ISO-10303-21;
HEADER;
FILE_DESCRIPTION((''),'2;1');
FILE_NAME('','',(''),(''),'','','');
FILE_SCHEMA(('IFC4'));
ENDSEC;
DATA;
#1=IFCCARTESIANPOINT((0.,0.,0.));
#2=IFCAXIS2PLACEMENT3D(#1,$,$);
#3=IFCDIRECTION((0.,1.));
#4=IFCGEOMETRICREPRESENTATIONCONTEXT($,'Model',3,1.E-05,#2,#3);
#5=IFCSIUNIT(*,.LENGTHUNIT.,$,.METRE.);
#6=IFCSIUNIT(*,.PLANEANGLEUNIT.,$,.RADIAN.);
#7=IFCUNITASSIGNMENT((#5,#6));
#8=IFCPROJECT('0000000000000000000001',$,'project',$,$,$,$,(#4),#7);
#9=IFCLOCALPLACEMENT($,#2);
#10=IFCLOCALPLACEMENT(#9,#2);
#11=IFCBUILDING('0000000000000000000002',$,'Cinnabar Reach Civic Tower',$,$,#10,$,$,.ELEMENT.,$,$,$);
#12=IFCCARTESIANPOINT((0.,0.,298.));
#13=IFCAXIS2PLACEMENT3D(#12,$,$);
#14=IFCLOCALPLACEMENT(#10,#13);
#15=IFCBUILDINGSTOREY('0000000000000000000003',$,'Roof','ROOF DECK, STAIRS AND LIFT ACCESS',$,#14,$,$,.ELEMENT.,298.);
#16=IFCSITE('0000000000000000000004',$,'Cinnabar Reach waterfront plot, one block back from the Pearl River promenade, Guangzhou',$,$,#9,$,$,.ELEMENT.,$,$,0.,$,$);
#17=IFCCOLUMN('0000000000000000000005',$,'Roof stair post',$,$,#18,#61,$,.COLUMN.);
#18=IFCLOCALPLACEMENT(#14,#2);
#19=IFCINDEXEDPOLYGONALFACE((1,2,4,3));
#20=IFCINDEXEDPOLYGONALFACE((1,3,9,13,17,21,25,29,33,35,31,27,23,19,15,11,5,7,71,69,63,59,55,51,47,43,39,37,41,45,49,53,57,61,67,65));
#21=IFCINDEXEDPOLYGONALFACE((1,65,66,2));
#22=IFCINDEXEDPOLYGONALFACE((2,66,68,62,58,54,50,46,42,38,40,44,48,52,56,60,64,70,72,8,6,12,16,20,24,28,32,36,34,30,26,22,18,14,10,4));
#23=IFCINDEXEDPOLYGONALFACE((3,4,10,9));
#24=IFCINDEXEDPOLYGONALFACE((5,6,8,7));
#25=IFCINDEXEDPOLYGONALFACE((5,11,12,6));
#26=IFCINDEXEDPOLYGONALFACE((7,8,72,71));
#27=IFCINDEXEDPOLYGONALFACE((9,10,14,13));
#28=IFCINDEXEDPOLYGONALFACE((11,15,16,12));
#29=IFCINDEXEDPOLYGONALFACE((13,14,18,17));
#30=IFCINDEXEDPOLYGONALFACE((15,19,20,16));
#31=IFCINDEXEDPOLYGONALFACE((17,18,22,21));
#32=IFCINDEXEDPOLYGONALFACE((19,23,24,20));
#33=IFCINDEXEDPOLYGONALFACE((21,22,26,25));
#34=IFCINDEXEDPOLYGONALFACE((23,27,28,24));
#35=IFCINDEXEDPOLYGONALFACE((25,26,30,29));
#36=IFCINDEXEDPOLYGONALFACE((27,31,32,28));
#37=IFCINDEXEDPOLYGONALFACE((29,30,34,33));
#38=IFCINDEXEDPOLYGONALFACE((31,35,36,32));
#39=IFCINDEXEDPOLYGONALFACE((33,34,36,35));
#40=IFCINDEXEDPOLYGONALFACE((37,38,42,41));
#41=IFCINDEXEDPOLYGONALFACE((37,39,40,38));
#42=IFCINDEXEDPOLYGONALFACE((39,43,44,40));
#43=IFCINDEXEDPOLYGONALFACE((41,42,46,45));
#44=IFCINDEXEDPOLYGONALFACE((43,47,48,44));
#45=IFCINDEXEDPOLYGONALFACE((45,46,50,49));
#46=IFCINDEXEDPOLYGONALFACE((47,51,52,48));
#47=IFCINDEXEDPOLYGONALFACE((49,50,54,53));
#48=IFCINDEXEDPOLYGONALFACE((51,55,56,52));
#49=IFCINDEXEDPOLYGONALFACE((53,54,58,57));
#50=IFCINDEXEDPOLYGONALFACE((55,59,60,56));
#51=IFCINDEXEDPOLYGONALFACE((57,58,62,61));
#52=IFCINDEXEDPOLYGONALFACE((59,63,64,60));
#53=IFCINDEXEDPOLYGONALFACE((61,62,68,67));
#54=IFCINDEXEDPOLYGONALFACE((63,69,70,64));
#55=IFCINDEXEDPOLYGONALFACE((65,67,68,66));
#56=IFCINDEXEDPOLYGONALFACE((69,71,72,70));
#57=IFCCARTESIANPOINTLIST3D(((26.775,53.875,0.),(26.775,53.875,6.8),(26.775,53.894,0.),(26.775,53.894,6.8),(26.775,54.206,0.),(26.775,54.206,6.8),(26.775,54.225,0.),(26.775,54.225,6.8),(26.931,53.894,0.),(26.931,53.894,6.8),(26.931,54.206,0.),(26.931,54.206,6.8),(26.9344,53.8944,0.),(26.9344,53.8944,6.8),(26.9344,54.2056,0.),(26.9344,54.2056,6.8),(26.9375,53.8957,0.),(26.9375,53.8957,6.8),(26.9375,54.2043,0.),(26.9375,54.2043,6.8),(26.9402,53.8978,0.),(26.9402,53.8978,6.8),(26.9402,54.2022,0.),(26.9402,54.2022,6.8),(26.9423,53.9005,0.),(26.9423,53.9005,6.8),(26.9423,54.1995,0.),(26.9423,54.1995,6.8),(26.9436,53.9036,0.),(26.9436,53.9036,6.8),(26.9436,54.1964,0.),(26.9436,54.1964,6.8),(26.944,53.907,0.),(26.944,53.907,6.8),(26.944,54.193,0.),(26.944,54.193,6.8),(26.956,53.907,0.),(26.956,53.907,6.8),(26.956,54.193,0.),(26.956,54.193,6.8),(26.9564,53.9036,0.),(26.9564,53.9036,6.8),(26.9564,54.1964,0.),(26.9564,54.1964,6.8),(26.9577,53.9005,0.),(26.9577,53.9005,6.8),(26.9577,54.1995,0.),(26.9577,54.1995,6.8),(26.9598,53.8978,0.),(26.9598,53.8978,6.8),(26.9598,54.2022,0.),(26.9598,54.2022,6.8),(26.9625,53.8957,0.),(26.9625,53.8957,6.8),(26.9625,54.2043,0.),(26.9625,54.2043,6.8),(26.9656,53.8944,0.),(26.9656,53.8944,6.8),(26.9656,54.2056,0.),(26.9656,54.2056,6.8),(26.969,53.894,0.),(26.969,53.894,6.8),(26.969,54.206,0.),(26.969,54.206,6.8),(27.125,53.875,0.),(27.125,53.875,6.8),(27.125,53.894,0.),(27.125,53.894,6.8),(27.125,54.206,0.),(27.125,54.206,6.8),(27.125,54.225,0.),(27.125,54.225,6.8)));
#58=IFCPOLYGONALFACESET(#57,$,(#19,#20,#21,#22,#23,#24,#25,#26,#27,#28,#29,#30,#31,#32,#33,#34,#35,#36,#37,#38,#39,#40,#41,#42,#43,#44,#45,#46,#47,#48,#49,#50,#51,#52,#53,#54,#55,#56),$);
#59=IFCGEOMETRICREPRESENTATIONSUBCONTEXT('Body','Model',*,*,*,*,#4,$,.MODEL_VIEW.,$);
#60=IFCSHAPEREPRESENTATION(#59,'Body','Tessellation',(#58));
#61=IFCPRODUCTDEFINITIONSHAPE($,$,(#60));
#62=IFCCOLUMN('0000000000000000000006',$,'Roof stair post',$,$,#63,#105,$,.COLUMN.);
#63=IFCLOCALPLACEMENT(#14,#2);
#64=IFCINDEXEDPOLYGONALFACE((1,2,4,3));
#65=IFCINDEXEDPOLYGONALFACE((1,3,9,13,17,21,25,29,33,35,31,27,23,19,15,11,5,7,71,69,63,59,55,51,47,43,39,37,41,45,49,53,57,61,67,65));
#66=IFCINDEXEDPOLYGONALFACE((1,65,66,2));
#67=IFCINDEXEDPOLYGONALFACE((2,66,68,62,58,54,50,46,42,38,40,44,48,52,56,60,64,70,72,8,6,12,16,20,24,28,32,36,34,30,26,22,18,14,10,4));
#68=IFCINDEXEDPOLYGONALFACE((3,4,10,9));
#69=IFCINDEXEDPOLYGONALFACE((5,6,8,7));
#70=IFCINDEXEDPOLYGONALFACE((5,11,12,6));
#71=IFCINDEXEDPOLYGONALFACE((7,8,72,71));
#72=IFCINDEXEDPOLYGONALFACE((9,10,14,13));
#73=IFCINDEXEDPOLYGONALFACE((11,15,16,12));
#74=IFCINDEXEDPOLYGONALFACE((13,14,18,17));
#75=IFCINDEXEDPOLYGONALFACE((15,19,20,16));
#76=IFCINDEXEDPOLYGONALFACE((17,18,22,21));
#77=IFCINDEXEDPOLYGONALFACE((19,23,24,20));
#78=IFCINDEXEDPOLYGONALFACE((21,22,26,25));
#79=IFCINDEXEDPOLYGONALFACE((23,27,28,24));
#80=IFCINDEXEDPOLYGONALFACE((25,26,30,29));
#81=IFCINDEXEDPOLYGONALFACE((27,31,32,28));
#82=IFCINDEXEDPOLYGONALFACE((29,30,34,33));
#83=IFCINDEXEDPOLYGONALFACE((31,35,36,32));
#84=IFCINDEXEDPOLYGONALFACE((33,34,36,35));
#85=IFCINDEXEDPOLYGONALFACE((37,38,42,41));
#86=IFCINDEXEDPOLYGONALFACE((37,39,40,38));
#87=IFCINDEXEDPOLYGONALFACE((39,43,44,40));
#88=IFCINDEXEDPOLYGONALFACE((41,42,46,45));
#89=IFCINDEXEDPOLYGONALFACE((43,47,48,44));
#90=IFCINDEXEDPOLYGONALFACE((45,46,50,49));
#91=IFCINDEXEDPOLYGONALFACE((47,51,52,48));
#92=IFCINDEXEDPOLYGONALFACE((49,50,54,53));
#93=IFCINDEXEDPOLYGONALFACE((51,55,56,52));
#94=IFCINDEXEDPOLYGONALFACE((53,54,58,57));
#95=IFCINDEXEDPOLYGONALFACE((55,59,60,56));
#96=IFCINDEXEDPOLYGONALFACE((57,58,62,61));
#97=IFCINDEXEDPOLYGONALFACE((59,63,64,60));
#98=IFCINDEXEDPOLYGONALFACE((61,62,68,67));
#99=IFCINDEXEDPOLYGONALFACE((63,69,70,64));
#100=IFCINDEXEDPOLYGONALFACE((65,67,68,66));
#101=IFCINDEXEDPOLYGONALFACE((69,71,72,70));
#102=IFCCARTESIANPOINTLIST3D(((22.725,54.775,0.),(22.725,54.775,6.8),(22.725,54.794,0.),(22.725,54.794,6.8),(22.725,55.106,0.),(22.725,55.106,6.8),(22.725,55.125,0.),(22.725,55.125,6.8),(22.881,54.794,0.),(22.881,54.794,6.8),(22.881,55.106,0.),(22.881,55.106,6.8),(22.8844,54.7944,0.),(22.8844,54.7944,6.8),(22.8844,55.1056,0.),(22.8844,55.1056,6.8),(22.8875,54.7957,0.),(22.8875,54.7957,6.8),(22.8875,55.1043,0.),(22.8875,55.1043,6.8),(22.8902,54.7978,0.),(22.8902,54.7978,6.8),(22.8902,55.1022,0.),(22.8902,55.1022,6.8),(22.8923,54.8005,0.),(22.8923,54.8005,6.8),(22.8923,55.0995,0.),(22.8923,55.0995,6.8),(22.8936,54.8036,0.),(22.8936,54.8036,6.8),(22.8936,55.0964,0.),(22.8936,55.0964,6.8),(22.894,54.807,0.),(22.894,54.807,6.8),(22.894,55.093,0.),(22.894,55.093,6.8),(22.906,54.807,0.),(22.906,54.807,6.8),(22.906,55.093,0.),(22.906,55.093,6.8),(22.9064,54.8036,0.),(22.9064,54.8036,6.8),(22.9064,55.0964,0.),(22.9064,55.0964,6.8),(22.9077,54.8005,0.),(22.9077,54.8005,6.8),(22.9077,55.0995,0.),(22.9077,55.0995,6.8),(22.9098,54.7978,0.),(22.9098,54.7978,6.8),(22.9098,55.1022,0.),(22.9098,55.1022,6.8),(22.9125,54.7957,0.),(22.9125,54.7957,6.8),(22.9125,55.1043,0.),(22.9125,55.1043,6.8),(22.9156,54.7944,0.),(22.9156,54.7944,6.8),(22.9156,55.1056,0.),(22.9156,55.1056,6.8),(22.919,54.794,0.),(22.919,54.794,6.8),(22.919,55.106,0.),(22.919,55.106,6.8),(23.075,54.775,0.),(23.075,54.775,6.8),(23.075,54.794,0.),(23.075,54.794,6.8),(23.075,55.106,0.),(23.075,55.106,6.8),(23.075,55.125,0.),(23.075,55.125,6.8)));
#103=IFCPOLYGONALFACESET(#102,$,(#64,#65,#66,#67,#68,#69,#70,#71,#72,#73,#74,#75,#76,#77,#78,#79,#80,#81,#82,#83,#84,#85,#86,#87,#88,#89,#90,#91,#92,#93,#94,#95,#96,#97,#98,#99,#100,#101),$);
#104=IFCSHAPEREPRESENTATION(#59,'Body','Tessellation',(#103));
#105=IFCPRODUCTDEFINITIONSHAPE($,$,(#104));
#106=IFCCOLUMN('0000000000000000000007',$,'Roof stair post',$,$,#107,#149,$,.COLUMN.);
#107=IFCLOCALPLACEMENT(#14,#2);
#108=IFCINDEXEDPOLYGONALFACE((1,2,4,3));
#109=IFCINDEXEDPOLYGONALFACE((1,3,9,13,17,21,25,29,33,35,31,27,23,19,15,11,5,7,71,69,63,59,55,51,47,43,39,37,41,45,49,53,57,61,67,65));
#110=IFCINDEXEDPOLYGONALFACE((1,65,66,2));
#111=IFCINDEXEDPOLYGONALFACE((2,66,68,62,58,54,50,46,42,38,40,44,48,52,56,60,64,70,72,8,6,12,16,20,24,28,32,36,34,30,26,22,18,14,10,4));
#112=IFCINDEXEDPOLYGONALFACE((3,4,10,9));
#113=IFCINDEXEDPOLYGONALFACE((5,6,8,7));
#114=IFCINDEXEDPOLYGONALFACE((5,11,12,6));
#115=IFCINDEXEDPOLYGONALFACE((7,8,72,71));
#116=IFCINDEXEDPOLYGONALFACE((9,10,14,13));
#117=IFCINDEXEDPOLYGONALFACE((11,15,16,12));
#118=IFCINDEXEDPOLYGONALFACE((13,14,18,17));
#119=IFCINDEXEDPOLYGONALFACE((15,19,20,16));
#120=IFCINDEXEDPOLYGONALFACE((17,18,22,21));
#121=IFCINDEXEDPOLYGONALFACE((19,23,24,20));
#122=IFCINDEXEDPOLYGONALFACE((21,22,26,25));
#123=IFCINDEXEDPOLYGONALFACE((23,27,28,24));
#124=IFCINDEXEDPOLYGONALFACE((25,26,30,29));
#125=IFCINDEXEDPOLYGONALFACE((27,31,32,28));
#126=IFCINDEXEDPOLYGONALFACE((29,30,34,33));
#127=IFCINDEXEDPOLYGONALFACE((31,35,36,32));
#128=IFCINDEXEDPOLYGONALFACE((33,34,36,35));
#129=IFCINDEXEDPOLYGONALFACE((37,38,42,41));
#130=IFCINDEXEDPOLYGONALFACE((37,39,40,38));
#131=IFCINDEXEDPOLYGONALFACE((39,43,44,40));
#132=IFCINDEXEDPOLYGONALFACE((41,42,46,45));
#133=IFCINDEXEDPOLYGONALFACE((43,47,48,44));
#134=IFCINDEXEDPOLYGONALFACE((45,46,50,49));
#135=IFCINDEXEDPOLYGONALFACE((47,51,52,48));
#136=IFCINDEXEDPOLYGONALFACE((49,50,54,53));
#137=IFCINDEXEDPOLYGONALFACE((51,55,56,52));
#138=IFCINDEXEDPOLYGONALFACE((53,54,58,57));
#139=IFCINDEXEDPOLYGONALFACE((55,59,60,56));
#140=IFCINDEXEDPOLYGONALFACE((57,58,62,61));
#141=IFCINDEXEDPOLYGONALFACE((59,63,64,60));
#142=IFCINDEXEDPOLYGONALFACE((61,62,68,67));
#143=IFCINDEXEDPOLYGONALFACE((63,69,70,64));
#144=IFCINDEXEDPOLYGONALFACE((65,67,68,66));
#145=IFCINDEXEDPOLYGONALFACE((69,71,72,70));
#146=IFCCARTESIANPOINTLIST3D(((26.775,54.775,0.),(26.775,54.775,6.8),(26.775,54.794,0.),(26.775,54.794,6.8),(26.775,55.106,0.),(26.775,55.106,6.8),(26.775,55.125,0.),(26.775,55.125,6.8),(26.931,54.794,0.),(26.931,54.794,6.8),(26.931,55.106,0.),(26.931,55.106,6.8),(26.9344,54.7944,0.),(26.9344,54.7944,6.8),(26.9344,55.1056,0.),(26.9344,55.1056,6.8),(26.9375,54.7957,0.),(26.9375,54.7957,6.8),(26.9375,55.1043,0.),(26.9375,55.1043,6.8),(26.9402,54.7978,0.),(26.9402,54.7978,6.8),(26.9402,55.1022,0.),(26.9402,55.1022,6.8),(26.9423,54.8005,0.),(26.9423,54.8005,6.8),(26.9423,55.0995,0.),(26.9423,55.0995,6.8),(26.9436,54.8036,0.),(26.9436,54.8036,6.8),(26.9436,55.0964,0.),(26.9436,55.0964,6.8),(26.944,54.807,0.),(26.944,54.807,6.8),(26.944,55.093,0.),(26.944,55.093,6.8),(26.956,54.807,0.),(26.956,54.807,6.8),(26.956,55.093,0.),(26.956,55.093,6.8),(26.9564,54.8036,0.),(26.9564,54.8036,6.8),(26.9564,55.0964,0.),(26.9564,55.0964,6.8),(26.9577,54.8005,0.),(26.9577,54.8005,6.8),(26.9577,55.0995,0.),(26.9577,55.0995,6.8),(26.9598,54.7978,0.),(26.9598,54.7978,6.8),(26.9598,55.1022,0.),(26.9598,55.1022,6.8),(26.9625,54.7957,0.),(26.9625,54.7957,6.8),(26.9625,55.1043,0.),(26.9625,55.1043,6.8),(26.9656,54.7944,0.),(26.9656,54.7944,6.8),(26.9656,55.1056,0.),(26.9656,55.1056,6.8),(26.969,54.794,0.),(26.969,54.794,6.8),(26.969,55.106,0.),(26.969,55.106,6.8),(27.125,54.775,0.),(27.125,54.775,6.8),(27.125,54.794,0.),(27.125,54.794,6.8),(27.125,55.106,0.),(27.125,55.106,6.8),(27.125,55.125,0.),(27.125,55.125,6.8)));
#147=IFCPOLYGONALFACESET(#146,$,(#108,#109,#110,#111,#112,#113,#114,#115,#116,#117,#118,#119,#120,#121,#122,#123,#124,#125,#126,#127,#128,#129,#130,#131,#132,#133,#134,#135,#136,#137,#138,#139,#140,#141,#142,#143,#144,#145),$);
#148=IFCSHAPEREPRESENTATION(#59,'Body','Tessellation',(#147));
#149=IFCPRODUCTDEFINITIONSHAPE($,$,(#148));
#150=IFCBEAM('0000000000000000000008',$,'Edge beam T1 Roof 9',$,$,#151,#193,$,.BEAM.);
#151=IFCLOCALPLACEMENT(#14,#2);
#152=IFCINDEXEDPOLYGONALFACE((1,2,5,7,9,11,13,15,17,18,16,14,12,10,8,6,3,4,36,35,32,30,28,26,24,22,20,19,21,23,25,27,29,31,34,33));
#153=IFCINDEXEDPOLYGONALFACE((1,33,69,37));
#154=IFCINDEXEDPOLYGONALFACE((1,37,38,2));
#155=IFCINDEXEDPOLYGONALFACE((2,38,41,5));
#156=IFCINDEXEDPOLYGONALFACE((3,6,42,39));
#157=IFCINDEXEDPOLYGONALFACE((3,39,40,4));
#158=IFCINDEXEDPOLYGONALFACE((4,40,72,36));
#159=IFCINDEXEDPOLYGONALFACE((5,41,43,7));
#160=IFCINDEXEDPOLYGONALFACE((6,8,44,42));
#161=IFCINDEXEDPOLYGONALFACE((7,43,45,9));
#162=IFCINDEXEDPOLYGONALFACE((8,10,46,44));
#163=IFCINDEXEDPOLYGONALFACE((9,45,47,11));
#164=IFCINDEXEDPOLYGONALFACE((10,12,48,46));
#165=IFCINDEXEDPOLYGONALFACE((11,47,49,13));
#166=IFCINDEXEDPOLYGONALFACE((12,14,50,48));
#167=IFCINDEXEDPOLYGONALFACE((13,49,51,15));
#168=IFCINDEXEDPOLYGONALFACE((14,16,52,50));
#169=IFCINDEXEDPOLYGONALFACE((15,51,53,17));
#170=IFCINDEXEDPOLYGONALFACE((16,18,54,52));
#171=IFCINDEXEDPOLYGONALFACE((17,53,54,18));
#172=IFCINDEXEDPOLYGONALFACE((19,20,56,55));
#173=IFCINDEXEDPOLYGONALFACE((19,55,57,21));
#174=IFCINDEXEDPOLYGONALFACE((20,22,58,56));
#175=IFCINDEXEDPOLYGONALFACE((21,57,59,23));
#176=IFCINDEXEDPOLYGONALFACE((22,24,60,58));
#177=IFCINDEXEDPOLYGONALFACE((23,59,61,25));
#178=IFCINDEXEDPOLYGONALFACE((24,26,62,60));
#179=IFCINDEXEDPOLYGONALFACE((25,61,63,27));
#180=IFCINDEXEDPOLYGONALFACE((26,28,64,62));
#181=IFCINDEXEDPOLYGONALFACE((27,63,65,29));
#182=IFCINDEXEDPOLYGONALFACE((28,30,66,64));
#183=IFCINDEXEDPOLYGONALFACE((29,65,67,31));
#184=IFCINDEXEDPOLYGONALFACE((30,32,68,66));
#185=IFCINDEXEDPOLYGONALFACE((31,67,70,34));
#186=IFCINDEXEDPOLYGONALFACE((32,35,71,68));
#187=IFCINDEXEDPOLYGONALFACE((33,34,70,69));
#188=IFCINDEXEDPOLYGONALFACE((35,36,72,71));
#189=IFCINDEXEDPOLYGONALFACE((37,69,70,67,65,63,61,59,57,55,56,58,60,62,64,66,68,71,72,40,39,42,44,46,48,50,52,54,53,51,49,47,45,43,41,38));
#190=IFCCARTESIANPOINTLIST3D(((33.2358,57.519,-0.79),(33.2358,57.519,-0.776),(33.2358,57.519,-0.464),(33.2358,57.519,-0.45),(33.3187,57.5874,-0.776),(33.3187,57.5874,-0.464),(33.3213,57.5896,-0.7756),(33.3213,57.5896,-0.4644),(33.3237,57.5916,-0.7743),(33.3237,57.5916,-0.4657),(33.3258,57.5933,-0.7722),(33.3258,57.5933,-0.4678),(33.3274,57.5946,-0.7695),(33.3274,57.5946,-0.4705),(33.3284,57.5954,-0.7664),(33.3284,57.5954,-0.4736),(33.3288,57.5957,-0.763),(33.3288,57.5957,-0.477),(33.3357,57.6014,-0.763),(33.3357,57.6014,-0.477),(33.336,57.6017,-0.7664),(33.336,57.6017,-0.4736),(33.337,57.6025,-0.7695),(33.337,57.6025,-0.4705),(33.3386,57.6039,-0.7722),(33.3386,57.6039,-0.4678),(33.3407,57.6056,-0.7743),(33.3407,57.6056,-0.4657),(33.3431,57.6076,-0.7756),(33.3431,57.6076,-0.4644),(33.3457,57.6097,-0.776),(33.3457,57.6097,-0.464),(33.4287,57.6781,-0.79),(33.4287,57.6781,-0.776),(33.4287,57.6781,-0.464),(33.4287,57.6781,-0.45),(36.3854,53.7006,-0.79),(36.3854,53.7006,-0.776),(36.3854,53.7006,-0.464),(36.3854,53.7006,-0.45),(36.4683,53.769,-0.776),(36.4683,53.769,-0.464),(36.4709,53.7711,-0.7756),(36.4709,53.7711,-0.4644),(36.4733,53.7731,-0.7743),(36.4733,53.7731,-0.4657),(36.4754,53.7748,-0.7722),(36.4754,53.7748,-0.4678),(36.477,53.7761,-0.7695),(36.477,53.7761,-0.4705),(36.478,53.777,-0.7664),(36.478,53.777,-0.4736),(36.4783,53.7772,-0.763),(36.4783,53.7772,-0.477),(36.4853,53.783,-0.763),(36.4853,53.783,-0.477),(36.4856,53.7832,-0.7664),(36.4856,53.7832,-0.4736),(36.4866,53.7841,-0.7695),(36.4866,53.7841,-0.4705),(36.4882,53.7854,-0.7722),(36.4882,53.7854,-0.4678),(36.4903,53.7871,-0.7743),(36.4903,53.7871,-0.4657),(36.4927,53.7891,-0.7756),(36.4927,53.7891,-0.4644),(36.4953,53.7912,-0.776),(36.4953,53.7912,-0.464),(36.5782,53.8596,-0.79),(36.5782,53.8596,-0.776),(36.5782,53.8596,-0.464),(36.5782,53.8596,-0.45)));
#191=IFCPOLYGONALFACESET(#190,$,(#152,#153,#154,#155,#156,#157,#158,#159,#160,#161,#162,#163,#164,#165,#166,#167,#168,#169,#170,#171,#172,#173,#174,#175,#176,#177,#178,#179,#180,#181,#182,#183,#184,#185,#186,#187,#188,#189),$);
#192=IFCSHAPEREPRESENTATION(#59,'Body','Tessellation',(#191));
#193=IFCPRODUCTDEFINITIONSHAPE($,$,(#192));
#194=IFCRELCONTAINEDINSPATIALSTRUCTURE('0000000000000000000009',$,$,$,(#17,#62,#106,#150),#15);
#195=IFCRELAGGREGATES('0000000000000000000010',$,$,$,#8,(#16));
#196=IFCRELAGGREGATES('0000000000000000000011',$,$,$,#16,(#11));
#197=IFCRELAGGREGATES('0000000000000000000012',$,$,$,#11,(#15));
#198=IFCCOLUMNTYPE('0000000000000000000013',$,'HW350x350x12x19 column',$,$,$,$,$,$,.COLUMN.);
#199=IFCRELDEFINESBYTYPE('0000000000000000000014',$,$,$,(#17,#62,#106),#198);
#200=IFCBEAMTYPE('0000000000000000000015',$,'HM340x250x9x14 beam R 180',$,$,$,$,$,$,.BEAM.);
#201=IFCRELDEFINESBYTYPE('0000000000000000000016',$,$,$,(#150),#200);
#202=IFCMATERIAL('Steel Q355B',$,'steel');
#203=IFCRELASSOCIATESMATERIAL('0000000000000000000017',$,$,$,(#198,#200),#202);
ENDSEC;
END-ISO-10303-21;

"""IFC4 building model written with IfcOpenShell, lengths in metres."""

from ifc_helpers import new_model, si_unit, direction, frame, origin, origin_2d, place, context, subcontext, project, spatial, i_section, extrude, material, material_profile, profile_set, type_object, element, save


model = new_model("IFC4")

# Units and contexts
model_context = context("Model", 3, precision=1e-05, world=origin(), true_north=direction((0.0, 1.0)))
body_context = subcontext(model_context, "Body", "Model", "MODEL_VIEW")
ifc_project = project(units=[si_unit("LENGTHUNIT", "METRE"), si_unit("PLANEANGLEUNIT", "RADIAN")], contexts=[model_context])

# Site, building, storey
site_placement = place(None, origin())
site = spatial("IfcSite", under=ifc_project, at=site_placement, Name="Cinnabar Reach waterfront plot, one block back from the Pearl River promenade, Guangzhou", CompositionType="ELEMENT", RefElevation=0.0)
building_placement = place(site_placement, origin())
building = spatial("IfcBuilding", under=site, at=building_placement, Name="Cinnabar Reach Civic Tower", CompositionType="ELEMENT")
storey_placement = place(building_placement, frame((0.0, 0.0, 298.0)))
storey = spatial("IfcBuildingStorey", under=building, at=storey_placement, Name="Roof", Description="ROOF DECK, STAIRS AND LIFT ACCESS", CompositionType="ELEMENT", Elevation=298.0)

# Columns
ifc_material_1 = material(Name="Steel Q355B", Category="steel")
ifc_material_profile_1 = material_profile(ifc_material_1, i_section(OverallWidth=0.35, OverallDepth=0.35, WebThickness=0.012, FlangeThickness=0.019, FilletRadius=0.013, at=origin_2d()), Name="HW350x350x12x19")
ifc_profile_set_1 = profile_set([ifc_material_profile_1], Name="Steel Q355B")
column_type = type_object("IfcColumnType", Name="HW350x350x12x19 column", PredefinedType="COLUMN", material=ifc_profile_set_1)
for number, where, z_axis, x_axis, name in (
    (1, (26.95, 54.05, 0.0), (0.0, 0.0, 1.0), (1.0, 0.0, 0.0), "Roof stair post"),
    (2, (22.9, 54.95, 0.0), (0.0, 0.0, 1.0), (1.0, 0.0, 0.0), "Roof stair post"),
    (3, (26.95, 54.95, 0.0), (0.0, 0.0, 1.0), (1.0, 0.0, 0.0), "Roof stair post"),
):
    element("IfcColumn", number, at=place(storey_placement, frame(where, z_axis=z_axis, x_axis=x_axis)), inside=storey, type_object=column_type, Name=name, PredefinedType="COLUMN", context=body_context, shape_type="SweptSolid", body=[
        extrude(i_section(OverallWidth=0.35, OverallDepth=0.35, WebThickness=0.012, FlangeThickness=0.019, FilletRadius=0.013, at=origin_2d()), origin(), (0.0, 0.0, 1.0), 6.8),
    ])

# Beam
ifc_material_profile_2 = material_profile(ifc_material_1, i_section(OverallWidth=0.25, OverallDepth=0.34, WebThickness=0.009, FlangeThickness=0.014, FilletRadius=0.013, at=origin_2d()), Name="HM340x250x9x14")
ifc_profile_set_2 = profile_set([ifc_material_profile_2], Name="Steel Q355B")
beam_type_1 = type_object("IfcBeamType", Name="HM340x250x9x14 beam R 180", PredefinedType="BEAM", material=ifc_profile_set_2)
for number, where, z_axis, x_axis, name in (
    (4, (36.4818, 53.7801, -0.62), (-0.636303, 0.771439, 0.0), (-0.771439, -0.636303, 0.0), "Edge beam T1 Roof 9"),
):
    element("IfcBeam", number, at=place(storey_placement, frame(where, z_axis=z_axis, x_axis=x_axis)), inside=storey, type_object=beam_type_1, Name=name, PredefinedType="BEAM", context=body_context, shape_type="SweptSolid", body=[
        extrude(i_section(OverallWidth=0.25, OverallDepth=0.34, WebThickness=0.009, FlangeThickness=0.014, FilletRadius=0.013, at=origin_2d()), origin(), (0.0, 0.0, 1.0), 4.9498),
    ])

save(model, "model.ifc")
